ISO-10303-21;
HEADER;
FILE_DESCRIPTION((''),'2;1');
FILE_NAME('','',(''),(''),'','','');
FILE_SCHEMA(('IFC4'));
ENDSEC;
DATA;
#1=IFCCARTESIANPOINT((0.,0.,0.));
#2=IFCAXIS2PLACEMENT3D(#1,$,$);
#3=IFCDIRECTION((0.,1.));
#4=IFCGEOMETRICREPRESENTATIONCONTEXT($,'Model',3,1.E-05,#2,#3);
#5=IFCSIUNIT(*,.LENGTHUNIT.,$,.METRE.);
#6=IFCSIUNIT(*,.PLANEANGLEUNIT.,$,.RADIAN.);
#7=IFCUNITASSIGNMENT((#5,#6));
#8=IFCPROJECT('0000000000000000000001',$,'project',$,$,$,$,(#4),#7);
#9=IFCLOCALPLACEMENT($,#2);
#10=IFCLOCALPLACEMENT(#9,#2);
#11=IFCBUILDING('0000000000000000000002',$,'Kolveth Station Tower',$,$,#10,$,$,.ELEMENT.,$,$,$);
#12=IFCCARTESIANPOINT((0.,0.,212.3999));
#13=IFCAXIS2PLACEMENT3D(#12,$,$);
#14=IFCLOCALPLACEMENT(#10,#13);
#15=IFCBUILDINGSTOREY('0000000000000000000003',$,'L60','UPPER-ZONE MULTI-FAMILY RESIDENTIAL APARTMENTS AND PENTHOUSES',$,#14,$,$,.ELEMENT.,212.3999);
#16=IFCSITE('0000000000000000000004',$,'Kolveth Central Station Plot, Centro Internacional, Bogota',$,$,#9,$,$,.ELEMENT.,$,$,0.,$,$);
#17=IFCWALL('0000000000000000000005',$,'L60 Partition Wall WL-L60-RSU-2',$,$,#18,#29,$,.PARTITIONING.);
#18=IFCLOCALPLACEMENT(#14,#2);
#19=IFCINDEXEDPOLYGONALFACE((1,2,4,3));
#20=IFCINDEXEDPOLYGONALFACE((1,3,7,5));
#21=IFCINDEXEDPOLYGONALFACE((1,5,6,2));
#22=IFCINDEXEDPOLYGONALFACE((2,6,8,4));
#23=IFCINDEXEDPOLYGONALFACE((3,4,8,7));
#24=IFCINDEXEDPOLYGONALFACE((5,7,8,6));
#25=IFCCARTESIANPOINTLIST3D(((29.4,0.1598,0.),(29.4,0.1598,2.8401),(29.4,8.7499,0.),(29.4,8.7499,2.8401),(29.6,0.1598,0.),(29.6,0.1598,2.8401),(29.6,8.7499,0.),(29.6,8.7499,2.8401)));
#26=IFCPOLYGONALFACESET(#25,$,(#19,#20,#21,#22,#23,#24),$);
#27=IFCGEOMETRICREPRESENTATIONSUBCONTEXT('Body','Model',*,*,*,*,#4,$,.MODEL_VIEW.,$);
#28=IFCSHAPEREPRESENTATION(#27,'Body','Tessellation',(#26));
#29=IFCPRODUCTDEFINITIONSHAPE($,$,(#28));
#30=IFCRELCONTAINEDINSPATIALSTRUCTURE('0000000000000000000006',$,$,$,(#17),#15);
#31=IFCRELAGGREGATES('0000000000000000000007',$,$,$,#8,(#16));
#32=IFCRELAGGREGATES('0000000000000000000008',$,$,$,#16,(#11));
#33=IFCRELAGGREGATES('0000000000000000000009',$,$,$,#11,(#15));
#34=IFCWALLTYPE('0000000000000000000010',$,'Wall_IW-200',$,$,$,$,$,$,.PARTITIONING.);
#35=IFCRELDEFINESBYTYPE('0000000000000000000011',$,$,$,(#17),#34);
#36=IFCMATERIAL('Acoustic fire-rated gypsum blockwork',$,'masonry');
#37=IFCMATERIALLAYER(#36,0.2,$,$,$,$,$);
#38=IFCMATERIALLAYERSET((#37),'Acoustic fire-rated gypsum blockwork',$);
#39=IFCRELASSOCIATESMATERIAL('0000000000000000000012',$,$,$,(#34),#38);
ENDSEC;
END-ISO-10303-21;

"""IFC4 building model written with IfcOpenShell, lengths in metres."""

from ifc_helpers import new_model, si_unit, direction, frame, frame_2d, origin, place, context, subcontext, project, spatial, rectangle, extrude, material, layer, layer_set, type_object, element, save


model = new_model("IFC4")

# Units and contexts
model_context = context("Model", 3, precision=1e-05, world=origin(), true_north=direction((0.0, 1.0)))
body_context = subcontext(model_context, "Body", "Model", "MODEL_VIEW")
ifc_project = project(units=[si_unit("LENGTHUNIT", "METRE"), si_unit("PLANEANGLEUNIT", "RADIAN")], contexts=[model_context])

# Site, building, storey
site_placement = place(None, origin())
site = spatial("IfcSite", under=ifc_project, at=site_placement, Name="Kolveth Central Station Plot, Centro Internacional, Bogota", CompositionType="ELEMENT", RefElevation=0.0)
building_placement = place(site_placement, origin())
building = spatial("IfcBuilding", under=site, at=building_placement, Name="Kolveth Station Tower", CompositionType="ELEMENT")
storey_placement = place(building_placement, frame((0.0, 0.0, 212.3999)))
storey = spatial("IfcBuildingStorey", under=building, at=storey_placement, Name="L60", Description="UPPER-ZONE MULTI-FAMILY RESIDENTIAL APARTMENTS AND PENTHOUSES", CompositionType="ELEMENT", Elevation=212.3999)

# Wall
ifc_material_1 = material(Name="Acoustic fire-rated gypsum blockwork", Category="masonry")
ifc_layer_1 = layer(ifc_material_1, 0.2)
ifc_layer_set_1 = layer_set([ifc_layer_1], Name="Acoustic fire-rated gypsum blockwork")
wall_type_1 = type_object("IfcWallType", Name="Wall_IW-200", PredefinedType="PARTITIONING", material=ifc_layer_set_1)
wall_1_placement = place(storey_placement, frame((29.5, 0.1599, 0.0), z_axis=(0.0, 0.0, 1.0), x_axis=(0.0, 1.0, 0.0)))
element("IfcWall", 1, at=wall_1_placement, inside=storey, type_object=wall_type_1, Name="L60 Partition Wall WL-L60-RSU-2", PredefinedType="PARTITIONING", context=body_context, shape_type="SweptSolid", body=[
    extrude(rectangle(XDim=8.5901, YDim=0.2, at=frame_2d((4.2949, 0.0))), origin(), (0.0, 0.0, 1.0), 2.8401),
])

save(model, "model.ifc")
